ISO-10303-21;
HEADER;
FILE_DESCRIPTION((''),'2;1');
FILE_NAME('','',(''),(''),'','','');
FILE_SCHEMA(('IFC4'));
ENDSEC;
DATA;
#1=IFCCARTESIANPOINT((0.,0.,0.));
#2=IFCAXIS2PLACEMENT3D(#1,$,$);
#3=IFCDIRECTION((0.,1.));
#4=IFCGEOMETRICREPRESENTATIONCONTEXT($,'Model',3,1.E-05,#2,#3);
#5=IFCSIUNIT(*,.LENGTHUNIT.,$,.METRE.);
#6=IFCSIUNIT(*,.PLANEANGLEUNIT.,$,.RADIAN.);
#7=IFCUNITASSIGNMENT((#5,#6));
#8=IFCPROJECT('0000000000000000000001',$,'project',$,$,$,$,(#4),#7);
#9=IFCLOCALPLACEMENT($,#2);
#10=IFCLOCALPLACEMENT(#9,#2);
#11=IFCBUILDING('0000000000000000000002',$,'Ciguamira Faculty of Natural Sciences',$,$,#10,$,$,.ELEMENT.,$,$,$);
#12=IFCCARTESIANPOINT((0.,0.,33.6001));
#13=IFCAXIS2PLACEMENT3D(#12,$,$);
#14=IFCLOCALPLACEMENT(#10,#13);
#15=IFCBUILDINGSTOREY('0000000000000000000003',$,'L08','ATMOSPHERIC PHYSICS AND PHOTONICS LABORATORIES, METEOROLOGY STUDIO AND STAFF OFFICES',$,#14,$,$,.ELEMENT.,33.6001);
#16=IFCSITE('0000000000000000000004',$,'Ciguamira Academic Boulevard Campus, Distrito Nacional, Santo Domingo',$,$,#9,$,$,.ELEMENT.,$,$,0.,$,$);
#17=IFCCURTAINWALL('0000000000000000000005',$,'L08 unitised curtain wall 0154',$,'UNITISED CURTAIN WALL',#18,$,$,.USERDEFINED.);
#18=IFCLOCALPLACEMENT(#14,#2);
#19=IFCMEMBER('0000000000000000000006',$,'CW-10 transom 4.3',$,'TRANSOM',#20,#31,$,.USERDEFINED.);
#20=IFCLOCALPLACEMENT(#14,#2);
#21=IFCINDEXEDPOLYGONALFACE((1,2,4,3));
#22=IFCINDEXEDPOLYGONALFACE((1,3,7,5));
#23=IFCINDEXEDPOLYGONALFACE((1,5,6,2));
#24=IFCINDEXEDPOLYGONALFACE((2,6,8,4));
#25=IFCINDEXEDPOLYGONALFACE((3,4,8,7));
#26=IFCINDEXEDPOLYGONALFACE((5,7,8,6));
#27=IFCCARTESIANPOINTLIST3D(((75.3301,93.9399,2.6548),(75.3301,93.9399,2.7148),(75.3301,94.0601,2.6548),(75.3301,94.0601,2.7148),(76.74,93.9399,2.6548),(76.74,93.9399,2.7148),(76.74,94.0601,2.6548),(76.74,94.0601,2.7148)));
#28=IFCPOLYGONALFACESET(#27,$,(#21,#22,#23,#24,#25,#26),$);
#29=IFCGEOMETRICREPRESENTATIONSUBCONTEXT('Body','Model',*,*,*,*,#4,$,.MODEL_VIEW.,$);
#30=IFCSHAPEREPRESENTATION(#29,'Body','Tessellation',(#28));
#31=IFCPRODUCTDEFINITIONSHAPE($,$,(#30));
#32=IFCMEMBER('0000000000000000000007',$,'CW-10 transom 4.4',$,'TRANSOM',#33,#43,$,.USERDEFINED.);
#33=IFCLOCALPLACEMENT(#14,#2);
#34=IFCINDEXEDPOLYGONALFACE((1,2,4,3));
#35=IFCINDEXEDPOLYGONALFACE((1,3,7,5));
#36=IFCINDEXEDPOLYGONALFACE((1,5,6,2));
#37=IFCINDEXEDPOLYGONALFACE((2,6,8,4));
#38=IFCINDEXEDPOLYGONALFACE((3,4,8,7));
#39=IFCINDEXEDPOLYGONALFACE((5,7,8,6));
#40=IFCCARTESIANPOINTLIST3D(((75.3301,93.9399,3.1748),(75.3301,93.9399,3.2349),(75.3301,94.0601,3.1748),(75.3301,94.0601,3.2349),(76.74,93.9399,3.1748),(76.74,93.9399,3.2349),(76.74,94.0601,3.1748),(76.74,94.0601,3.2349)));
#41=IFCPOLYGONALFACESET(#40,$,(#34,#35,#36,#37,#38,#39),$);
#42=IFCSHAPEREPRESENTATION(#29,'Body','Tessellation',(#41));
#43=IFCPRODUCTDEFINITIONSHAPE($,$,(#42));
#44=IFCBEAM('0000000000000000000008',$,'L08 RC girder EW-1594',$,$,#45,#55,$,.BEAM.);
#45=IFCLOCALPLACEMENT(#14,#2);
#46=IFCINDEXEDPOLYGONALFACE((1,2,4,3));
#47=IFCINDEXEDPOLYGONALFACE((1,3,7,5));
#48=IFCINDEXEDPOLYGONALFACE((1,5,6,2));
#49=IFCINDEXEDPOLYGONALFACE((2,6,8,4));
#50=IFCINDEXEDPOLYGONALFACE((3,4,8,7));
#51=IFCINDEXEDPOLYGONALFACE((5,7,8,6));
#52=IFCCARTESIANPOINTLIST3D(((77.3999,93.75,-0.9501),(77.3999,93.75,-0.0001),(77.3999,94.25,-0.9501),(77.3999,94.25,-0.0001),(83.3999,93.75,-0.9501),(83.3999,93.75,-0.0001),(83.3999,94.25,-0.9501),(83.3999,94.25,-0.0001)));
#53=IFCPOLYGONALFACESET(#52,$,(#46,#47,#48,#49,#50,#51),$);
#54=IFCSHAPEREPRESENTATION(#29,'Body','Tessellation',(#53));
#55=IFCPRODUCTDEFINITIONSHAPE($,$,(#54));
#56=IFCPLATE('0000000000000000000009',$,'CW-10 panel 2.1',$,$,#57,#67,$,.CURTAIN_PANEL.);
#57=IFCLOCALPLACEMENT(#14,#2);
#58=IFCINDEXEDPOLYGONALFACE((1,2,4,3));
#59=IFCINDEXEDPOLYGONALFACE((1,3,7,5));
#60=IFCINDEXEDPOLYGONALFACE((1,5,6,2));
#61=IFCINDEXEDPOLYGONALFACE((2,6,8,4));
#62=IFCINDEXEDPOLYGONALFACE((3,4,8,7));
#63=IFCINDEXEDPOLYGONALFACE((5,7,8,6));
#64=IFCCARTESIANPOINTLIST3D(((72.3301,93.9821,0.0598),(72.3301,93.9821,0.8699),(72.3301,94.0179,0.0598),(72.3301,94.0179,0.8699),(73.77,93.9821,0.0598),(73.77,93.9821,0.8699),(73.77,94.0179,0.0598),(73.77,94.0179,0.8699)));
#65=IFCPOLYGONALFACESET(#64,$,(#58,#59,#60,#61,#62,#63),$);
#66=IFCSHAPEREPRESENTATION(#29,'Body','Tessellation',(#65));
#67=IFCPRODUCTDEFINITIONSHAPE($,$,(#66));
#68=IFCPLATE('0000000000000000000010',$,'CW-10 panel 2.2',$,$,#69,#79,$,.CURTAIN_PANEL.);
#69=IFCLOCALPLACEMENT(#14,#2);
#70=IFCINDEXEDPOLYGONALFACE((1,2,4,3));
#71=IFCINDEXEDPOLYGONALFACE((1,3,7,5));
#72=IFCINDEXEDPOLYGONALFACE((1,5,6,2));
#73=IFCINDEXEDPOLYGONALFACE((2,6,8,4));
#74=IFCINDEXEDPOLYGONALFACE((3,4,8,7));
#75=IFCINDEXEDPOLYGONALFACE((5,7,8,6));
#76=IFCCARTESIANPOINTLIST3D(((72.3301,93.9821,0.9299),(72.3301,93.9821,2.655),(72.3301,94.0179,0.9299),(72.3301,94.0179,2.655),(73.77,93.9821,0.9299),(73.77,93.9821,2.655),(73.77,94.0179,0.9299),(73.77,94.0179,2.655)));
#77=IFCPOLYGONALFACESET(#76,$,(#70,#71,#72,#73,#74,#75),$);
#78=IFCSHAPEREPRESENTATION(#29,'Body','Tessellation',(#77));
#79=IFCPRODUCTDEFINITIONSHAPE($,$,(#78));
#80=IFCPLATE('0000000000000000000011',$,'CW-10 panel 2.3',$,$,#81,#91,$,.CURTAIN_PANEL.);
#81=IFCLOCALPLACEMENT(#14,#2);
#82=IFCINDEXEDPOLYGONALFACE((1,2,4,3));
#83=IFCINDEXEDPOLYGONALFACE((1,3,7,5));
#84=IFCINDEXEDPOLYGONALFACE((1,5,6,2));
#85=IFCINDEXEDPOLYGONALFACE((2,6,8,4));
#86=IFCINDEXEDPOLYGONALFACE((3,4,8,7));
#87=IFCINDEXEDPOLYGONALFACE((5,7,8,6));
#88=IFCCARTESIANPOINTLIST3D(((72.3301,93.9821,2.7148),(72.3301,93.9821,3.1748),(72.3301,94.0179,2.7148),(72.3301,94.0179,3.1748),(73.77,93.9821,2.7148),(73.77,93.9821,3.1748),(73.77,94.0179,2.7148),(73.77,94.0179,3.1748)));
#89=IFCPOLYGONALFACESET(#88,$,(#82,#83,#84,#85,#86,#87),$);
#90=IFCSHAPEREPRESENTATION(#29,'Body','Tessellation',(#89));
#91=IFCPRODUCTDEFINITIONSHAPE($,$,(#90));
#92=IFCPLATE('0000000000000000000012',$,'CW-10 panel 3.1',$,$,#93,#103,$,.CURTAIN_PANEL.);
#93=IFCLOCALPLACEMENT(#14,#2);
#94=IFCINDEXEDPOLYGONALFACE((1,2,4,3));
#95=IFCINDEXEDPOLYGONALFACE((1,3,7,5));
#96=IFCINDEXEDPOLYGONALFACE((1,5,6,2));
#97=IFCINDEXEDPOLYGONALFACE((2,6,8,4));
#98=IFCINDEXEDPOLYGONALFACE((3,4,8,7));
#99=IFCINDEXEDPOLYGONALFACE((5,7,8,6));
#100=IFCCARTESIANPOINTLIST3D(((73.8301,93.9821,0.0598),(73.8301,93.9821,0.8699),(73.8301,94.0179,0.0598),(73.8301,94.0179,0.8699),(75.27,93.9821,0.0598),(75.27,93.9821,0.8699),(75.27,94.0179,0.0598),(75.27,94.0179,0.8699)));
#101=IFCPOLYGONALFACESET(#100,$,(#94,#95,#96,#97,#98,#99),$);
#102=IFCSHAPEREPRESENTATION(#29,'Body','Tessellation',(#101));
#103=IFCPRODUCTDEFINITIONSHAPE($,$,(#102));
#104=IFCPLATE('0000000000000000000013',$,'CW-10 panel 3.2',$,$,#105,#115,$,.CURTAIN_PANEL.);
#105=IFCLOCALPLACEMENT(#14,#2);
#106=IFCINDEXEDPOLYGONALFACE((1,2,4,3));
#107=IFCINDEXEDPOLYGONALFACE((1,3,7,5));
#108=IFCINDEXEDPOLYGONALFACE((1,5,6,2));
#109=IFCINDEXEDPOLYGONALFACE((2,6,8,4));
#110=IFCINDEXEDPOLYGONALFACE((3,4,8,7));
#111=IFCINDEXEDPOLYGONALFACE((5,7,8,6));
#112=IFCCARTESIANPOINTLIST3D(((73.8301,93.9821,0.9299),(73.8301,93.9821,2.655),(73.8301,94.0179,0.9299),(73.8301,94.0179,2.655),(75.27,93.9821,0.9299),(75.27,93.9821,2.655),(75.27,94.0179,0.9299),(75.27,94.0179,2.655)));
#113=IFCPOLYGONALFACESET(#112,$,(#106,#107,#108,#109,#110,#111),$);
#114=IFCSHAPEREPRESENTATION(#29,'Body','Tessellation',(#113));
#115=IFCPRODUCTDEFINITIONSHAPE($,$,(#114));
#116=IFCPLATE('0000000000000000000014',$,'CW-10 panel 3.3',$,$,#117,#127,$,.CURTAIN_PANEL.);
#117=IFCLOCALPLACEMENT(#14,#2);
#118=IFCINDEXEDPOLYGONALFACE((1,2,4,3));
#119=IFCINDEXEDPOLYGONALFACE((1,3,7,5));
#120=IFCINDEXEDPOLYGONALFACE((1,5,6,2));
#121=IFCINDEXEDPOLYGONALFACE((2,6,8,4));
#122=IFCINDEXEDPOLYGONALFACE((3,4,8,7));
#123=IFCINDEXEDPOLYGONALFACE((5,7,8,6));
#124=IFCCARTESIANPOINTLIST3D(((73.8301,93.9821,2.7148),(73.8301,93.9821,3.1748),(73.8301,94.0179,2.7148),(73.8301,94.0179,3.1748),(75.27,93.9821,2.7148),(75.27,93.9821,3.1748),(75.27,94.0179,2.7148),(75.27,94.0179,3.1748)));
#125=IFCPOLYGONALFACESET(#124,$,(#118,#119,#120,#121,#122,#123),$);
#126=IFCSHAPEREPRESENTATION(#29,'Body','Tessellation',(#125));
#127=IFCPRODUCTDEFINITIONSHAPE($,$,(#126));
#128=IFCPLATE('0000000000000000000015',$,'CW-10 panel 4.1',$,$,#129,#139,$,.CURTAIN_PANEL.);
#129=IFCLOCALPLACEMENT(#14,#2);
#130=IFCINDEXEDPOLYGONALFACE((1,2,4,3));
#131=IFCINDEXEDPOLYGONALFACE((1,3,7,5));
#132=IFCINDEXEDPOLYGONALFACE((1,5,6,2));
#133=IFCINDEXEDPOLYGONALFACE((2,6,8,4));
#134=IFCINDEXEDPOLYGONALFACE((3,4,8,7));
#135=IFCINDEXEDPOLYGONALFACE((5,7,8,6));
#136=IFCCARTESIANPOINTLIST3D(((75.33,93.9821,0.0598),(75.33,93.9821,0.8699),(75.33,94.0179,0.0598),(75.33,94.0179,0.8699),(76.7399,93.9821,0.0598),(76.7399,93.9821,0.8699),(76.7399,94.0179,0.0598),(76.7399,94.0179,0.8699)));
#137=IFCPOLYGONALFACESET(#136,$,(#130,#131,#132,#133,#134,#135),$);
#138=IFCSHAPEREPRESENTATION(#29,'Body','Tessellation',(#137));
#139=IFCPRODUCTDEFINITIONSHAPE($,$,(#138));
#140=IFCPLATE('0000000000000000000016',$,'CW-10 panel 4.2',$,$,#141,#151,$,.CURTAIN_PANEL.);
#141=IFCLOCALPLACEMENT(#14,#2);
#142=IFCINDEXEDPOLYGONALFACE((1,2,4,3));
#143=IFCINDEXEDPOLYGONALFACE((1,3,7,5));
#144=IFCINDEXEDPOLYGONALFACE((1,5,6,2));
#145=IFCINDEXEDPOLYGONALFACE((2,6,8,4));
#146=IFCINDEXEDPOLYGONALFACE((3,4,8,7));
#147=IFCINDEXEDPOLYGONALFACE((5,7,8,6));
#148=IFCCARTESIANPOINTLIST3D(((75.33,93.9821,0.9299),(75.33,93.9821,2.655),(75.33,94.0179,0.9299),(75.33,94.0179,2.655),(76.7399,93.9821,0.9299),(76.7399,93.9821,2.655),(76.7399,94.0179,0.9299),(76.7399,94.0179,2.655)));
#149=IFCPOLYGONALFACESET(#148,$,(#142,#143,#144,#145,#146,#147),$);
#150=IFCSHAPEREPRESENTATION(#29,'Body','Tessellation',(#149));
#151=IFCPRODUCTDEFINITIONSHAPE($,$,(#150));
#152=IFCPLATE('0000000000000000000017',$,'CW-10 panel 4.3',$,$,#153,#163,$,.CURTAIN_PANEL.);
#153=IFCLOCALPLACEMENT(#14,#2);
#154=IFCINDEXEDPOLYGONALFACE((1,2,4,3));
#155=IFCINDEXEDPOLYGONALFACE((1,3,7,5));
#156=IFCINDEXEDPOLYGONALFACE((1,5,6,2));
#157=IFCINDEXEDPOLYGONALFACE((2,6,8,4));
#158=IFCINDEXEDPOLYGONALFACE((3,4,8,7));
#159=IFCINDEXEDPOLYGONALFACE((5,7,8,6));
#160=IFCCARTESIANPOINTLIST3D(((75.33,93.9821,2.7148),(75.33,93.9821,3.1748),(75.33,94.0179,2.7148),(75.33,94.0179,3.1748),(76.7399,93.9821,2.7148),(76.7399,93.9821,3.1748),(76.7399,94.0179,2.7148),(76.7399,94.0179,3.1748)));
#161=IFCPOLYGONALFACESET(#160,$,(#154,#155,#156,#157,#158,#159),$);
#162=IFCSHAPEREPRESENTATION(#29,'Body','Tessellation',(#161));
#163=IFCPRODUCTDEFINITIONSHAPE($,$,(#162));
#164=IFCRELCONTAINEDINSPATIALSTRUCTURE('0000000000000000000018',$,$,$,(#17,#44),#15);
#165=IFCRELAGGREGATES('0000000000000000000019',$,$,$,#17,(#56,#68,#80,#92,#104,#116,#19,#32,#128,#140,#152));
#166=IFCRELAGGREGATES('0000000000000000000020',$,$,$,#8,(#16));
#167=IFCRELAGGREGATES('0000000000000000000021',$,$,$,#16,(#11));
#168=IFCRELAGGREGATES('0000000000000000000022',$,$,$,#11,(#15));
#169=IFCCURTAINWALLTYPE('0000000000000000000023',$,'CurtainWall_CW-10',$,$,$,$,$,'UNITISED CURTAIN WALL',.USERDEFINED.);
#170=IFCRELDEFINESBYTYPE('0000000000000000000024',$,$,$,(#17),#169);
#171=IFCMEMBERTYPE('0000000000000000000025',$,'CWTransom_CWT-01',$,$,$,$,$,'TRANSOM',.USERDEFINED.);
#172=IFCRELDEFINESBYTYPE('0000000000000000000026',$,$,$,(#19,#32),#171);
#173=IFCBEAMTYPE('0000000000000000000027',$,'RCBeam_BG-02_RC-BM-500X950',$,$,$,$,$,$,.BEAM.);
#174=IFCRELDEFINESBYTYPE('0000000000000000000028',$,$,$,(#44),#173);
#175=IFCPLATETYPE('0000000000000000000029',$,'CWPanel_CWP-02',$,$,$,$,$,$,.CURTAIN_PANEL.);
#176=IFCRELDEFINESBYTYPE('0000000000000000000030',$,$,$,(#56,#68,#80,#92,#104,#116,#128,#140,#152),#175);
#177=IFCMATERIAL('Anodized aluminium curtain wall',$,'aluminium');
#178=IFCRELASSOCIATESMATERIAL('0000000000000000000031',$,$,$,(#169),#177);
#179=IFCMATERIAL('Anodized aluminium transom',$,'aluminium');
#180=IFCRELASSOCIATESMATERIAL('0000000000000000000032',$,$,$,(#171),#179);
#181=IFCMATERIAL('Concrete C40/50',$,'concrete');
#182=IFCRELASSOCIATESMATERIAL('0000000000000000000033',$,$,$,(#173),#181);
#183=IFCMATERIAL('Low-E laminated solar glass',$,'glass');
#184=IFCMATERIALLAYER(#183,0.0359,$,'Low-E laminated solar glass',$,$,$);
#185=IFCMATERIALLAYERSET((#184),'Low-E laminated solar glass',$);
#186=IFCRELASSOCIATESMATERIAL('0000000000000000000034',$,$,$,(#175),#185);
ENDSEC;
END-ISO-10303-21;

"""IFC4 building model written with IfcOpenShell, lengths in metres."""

from ifc_helpers import new_model, si_unit, direction, frame, origin, origin_2d, place, context, subcontext, project, spatial, rectangle, extrude, material, layer, layer_set, material_profile, profile_set, type_object, element, aggregate, save


model = new_model("IFC4")

# Units and contexts
model_context = context("Model", 3, precision=1e-05, world=origin(), true_north=direction((0.0, 1.0)))
body_context = subcontext(model_context, "Body", "Model", "MODEL_VIEW")
ifc_project = project(units=[si_unit("LENGTHUNIT", "METRE"), si_unit("PLANEANGLEUNIT", "RADIAN")], contexts=[model_context])

# Site, building, storey
site_placement = place(None, origin())
site = spatial("IfcSite", under=ifc_project, at=site_placement, Name="Ciguamira Academic Boulevard Campus, Distrito Nacional, Santo Domingo", CompositionType="ELEMENT", RefElevation=0.0)
building_placement = place(site_placement, origin())
building = spatial("IfcBuilding", under=site, at=building_placement, Name="Ciguamira Faculty of Natural Sciences", CompositionType="ELEMENT")
storey_placement = place(building_placement, frame((0.0, 0.0, 33.6001)))
storey = spatial("IfcBuildingStorey", under=building, at=storey_placement, Name="L08", Description="ATMOSPHERIC PHYSICS AND PHOTONICS LABORATORIES, METEOROLOGY STUDIO AND STAFF OFFICES", CompositionType="ELEMENT", Elevation=33.6001)

# Shared definitions
ifc_material_1 = material(Name="Concrete C40/50", Category="concrete")

# Curtain wall, members
ifc_material_2 = material(Name="Anodized aluminium curtain wall", Category="aluminium")
curtain_wall_type = type_object("IfcCurtainWallType", Name="CurtainWall_CW-10", ElementType="UNITISED CURTAIN WALL", PredefinedType="USERDEFINED", material=ifc_material_2)
curtain_wall_placement = place(storey_placement, origin())
curtain_wall = element("IfcCurtainWall", 1, at=curtain_wall_placement, inside=storey, type_object=curtain_wall_type, Name="L08 unitised curtain wall 0154", ObjectType="UNITISED CURTAIN WALL", PredefinedType="USERDEFINED")
ifc_material_3 = material(Name="Anodized aluminium transom", Category="aluminium")
ifc_material_profile_1 = material_profile(ifc_material_3, rectangle(XDim=0.0601, YDim=0.1201, at=origin_2d()), Name="ALU-TRN-60X120")
ifc_profile_set_1 = profile_set([ifc_material_profile_1], Name="Anodized aluminium transom")
member_type_1 = type_object("IfcMemberType", Name="CWTransom_CWT-01", ElementType="TRANSOM", PredefinedType="USERDEFINED", material=ifc_profile_set_1)
member_1_placement = place(storey_placement, frame((75.3301, 94.0, 2.6848), z_axis=(1.0, 0.0, 0.0), x_axis=(0.0, 0.0, 1.0)))
member_1 = element("IfcMember", 2, at=member_1_placement, type_object=member_type_1, Name="CW-10 transom 4.3", ObjectType="TRANSOM", PredefinedType="USERDEFINED", context=body_context, shape_type="SweptSolid", body=[
    extrude(rectangle(XDim=0.0601, YDim=0.1201, at=origin_2d()), origin(), (0.0, 0.0, 1.0), 1.4099),
])
member_2_placement = place(storey_placement, frame((75.3301, 94.0, 3.2048), z_axis=(1.0, 0.0, 0.0), x_axis=(0.0, 0.0, 1.0)))
member_2 = element("IfcMember", 3, at=member_2_placement, type_object=member_type_1, Name="CW-10 transom 4.4", ObjectType="TRANSOM", PredefinedType="USERDEFINED", context=body_context, shape_type="SweptSolid", body=[
    extrude(rectangle(XDim=0.0601, YDim=0.1201, at=origin_2d()), origin(), (0.0, 0.0, 1.0), 1.4099),
])

# Beam
ifc_material_profile_2 = material_profile(ifc_material_1, rectangle(XDim=0.5, YDim=0.95, at=origin_2d()), Name="RC-BM-500X950")
ifc_profile_set_2 = profile_set([ifc_material_profile_2], Name="Concrete C40/50")
beam_type = type_object("IfcBeamType", Name="RCBeam_BG-02_RC-BM-500X950", PredefinedType="BEAM", material=ifc_profile_set_2)
beam_placement = place(storey_placement, frame((77.3999, 94.0, -0.4751), z_axis=(1.0, 0.0, 0.0), x_axis=(0.0, 1.0, 0.0)))
element("IfcBeam", 4, at=beam_placement, inside=storey, type_object=beam_type, Name="L08 RC girder EW-1594", PredefinedType="BEAM", context=body_context, shape_type="SweptSolid", body=[
    extrude(rectangle(XDim=0.5, YDim=0.95, at=origin_2d()), origin(), (0.0, 0.0, 1.0), 6.0),
])

# Plates
ifc_material_4 = material(Name="Low-E laminated solar glass", Category="glass")
ifc_layer = layer(ifc_material_4, 0.0359, Name="Low-E laminated solar glass")
ifc_layer_set = layer_set([ifc_layer], Name="Low-E laminated solar glass")
plate_type = type_object("IfcPlateType", Name="CWPanel_CWP-02", PredefinedType="CURTAIN_PANEL", material=ifc_layer_set)
plate_1_placement = place(storey_placement, frame((73.05, 94.0, 0.0598), z_axis=(0.0, 0.0, 1.0), x_axis=(1.0, 0.0, 0.0)))
plate_1 = element("IfcPlate", 5, at=plate_1_placement, type_object=plate_type, Name="CW-10 panel 2.1", PredefinedType="CURTAIN_PANEL", context=body_context, shape_type="SweptSolid", body=[
    extrude(rectangle(XDim=1.4399, YDim=0.0359, at=origin_2d()), origin(), (0.0, 0.0, 1.0), 0.8101),
])
plate_2_placement = place(storey_placement, frame((73.05, 94.0, 0.9299), z_axis=(0.0, 0.0, 1.0), x_axis=(1.0, 0.0, 0.0)))
plate_2 = element("IfcPlate", 6, at=plate_2_placement, type_object=plate_type, Name="CW-10 panel 2.2", PredefinedType="CURTAIN_PANEL", context=body_context, shape_type="SweptSolid", body=[
    extrude(rectangle(XDim=1.4399, YDim=0.0359, at=origin_2d()), origin(), (0.0, 0.0, 1.0), 1.7251),
])
plate_3_placement = place(storey_placement, frame((73.05, 94.0, 2.7148), z_axis=(0.0, 0.0, 1.0), x_axis=(1.0, 0.0, 0.0)))
plate_3 = element("IfcPlate", 7, at=plate_3_placement, type_object=plate_type, Name="CW-10 panel 2.3", PredefinedType="CURTAIN_PANEL", context=body_context, shape_type="SweptSolid", body=[
    extrude(rectangle(XDim=1.4399, YDim=0.0359, at=origin_2d()), origin(), (0.0, 0.0, 1.0), 0.46),
])
plate_4_placement = place(storey_placement, frame((74.55, 94.0, 0.0598), z_axis=(0.0, 0.0, 1.0), x_axis=(1.0, 0.0, 0.0)))
plate_4 = element("IfcPlate", 8, at=plate_4_placement, type_object=plate_type, Name="CW-10 panel 3.1", PredefinedType="CURTAIN_PANEL", context=body_context, shape_type="SweptSolid", body=[
    extrude(rectangle(XDim=1.4399, YDim=0.0359, at=origin_2d()), origin(), (0.0, 0.0, 1.0), 0.8101),
])
plate_5_placement = place(storey_placement, frame((74.55, 94.0, 0.9299), z_axis=(0.0, 0.0, 1.0), x_axis=(1.0, 0.0, 0.0)))
plate_5 = element("IfcPlate", 9, at=plate_5_placement, type_object=plate_type, Name="CW-10 panel 3.2", PredefinedType="CURTAIN_PANEL", context=body_context, shape_type="SweptSolid", body=[
    extrude(rectangle(XDim=1.4399, YDim=0.0359, at=origin_2d()), origin(), (0.0, 0.0, 1.0), 1.7251),
])
plate_6_placement = place(storey_placement, frame((74.55, 94.0, 2.7148), z_axis=(0.0, 0.0, 1.0), x_axis=(1.0, 0.0, 0.0)))
plate_6 = element("IfcPlate", 10, at=plate_6_placement, type_object=plate_type, Name="CW-10 panel 3.3", PredefinedType="CURTAIN_PANEL", context=body_context, shape_type="SweptSolid", body=[
    extrude(rectangle(XDim=1.4399, YDim=0.0359, at=origin_2d()), origin(), (0.0, 0.0, 1.0), 0.46),
])
plate_7_placement = place(storey_placement, frame((76.0349, 94.0, 0.0598), z_axis=(0.0, 0.0, 1.0), x_axis=(1.0, 0.0, 0.0)))
plate_7 = element("IfcPlate", 11, at=plate_7_placement, type_object=plate_type, Name="CW-10 panel 4.1", PredefinedType="CURTAIN_PANEL", context=body_context, shape_type="SweptSolid", body=[
    extrude(rectangle(XDim=1.4099, YDim=0.0359, at=origin_2d()), origin(), (0.0, 0.0, 1.0), 0.8101),
])
plate_8_placement = place(storey_placement, frame((76.0349, 94.0, 0.9299), z_axis=(0.0, 0.0, 1.0), x_axis=(1.0, 0.0, 0.0)))
plate_8 = element("IfcPlate", 12, at=plate_8_placement, type_object=plate_type, Name="CW-10 panel 4.2", PredefinedType="CURTAIN_PANEL", context=body_context, shape_type="SweptSolid", body=[
    extrude(rectangle(XDim=1.4099, YDim=0.0359, at=origin_2d()), origin(), (0.0, 0.0, 1.0), 1.7251),
])
plate_9_placement = place(storey_placement, frame((76.0349, 94.0, 2.7148), z_axis=(0.0, 0.0, 1.0), x_axis=(1.0, 0.0, 0.0)))
plate_9 = element("IfcPlate", 13, at=plate_9_placement, type_object=plate_type, Name="CW-10 panel 4.3", PredefinedType="CURTAIN_PANEL", context=body_context, shape_type="SweptSolid", body=[
    extrude(rectangle(XDim=1.4099, YDim=0.0359, at=origin_2d()), origin(), (0.0, 0.0, 1.0), 0.46),
])
aggregate(curtain_wall, [plate_1, plate_2, plate_3, plate_4, plate_5, plate_6, member_1, member_2, plate_7, plate_8, plate_9])

save(model, "model.ifc")
